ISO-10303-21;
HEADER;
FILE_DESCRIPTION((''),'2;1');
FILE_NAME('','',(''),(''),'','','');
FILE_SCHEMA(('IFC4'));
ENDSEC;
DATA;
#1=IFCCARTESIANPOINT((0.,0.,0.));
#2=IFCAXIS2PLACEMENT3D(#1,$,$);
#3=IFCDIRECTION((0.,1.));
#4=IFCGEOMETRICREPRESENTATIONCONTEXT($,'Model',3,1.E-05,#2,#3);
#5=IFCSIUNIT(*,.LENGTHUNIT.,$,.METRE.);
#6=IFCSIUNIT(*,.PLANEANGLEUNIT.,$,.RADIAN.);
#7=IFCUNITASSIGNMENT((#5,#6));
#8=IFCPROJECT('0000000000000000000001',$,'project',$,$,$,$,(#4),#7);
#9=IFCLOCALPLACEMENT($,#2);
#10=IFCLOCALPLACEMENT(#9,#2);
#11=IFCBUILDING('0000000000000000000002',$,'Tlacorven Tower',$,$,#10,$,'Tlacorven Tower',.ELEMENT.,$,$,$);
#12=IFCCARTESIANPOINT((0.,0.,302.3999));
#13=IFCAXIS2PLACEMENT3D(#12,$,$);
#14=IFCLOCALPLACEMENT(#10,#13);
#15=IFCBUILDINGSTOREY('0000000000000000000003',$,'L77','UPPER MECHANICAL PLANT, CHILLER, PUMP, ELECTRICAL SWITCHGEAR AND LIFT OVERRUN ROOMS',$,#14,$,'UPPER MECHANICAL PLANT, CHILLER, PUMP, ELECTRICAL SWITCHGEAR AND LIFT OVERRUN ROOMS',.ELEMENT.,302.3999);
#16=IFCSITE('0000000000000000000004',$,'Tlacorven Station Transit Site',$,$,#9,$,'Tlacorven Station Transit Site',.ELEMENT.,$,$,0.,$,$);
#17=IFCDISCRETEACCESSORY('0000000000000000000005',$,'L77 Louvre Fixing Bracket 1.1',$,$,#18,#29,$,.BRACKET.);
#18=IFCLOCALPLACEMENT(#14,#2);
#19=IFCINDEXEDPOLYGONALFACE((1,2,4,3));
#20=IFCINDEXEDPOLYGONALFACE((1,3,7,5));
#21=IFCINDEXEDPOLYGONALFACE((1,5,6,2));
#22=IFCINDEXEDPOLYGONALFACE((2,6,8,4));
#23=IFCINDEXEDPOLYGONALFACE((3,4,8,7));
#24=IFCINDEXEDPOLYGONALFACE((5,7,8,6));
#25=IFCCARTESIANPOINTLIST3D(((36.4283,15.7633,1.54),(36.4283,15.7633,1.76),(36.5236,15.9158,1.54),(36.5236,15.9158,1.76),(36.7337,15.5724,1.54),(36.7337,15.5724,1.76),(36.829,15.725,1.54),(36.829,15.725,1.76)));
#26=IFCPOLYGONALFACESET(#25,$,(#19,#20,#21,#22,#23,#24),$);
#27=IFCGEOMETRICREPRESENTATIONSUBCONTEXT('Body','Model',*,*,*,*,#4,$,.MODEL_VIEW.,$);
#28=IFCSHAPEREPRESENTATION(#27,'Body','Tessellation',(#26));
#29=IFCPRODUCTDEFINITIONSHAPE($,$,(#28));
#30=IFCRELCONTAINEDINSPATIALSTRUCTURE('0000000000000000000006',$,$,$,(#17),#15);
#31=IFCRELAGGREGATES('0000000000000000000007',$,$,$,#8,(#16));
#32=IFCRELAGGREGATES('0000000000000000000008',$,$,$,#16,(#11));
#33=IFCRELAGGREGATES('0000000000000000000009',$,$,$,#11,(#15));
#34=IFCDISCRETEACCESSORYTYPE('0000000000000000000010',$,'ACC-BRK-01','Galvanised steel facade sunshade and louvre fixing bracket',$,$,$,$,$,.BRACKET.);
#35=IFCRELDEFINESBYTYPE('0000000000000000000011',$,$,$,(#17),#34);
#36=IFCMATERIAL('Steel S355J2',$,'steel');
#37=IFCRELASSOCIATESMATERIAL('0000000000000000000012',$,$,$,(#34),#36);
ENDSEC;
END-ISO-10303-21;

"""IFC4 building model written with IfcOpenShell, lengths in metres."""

from ifc_helpers import new_model, si_unit, direction, frame, origin, origin_2d, place, context, subcontext, project, spatial, rectangle, extrude, source, transform, mapped, material, type_object, element, save


model = new_model("IFC4")

# Units and contexts
model_context = context("Model", 3, precision=1e-05, world=origin(), true_north=direction((0.0, 1.0)))
body_context = subcontext(model_context, "Body", "Model", "MODEL_VIEW")
ifc_project = project(units=[si_unit("LENGTHUNIT", "METRE"), si_unit("PLANEANGLEUNIT", "RADIAN")], contexts=[model_context])

# Site, building, storey
site_placement = place(None, origin())
site = spatial("IfcSite", under=ifc_project, at=site_placement, Name="Tlacorven Station Transit Site", LongName="Tlacorven Station Transit Site", CompositionType="ELEMENT", RefElevation=0.0)
building_placement = place(site_placement, origin())
building = spatial("IfcBuilding", under=site, at=building_placement, Name="Tlacorven Tower", LongName="Tlacorven Tower", CompositionType="ELEMENT")
storey_placement = place(building_placement, frame((0.0, 0.0, 302.3999)))
storey = spatial("IfcBuildingStorey", under=building, at=storey_placement, Name="L77", Description="UPPER MECHANICAL PLANT, CHILLER, PUMP, ELECTRICAL SWITCHGEAR AND LIFT OVERRUN ROOMS", LongName="UPPER MECHANICAL PLANT, CHILLER, PUMP, ELECTRICAL SWITCHGEAR AND LIFT OVERRUN ROOMS", CompositionType="ELEMENT", Elevation=302.3999)

# Shared definitions
ifc_material_1 = material(Name="Steel S355J2", Category="steel")

# Discrete accessory
discrete_accessory_type = type_object("IfcDiscreteAccessoryType", Name="ACC-BRK-01", Description="Galvanised steel facade sunshade and louvre fixing bracket", PredefinedType="BRACKET", material=ifc_material_1)
shared_shape_1 = source(origin(), body_context, "Body", "SweptSolid", [
    extrude(rectangle(XDim=0.1799, YDim=0.3601, at=origin_2d()), origin(), (0.0, 0.0, 1.0), 0.22),
])
discrete_accessory_placement = place(storey_placement, frame((36.6287, 15.7441, 1.54), z_axis=(0.0, 0.0, 1.0), x_axis=(-0.529919, -0.848048, 0.0)))
element("IfcDiscreteAccessory", 1, at=discrete_accessory_placement, inside=storey, type_object=discrete_accessory_type, Name="L77 Louvre Fixing Bracket 1.1", PredefinedType="BRACKET", context=body_context, shape_type="MappedRepresentation", body=[
    mapped(shared_shape_1, transform((0.0, 0.0, 0.0), scale=1.0)),
])

save(model, "model.ifc")
